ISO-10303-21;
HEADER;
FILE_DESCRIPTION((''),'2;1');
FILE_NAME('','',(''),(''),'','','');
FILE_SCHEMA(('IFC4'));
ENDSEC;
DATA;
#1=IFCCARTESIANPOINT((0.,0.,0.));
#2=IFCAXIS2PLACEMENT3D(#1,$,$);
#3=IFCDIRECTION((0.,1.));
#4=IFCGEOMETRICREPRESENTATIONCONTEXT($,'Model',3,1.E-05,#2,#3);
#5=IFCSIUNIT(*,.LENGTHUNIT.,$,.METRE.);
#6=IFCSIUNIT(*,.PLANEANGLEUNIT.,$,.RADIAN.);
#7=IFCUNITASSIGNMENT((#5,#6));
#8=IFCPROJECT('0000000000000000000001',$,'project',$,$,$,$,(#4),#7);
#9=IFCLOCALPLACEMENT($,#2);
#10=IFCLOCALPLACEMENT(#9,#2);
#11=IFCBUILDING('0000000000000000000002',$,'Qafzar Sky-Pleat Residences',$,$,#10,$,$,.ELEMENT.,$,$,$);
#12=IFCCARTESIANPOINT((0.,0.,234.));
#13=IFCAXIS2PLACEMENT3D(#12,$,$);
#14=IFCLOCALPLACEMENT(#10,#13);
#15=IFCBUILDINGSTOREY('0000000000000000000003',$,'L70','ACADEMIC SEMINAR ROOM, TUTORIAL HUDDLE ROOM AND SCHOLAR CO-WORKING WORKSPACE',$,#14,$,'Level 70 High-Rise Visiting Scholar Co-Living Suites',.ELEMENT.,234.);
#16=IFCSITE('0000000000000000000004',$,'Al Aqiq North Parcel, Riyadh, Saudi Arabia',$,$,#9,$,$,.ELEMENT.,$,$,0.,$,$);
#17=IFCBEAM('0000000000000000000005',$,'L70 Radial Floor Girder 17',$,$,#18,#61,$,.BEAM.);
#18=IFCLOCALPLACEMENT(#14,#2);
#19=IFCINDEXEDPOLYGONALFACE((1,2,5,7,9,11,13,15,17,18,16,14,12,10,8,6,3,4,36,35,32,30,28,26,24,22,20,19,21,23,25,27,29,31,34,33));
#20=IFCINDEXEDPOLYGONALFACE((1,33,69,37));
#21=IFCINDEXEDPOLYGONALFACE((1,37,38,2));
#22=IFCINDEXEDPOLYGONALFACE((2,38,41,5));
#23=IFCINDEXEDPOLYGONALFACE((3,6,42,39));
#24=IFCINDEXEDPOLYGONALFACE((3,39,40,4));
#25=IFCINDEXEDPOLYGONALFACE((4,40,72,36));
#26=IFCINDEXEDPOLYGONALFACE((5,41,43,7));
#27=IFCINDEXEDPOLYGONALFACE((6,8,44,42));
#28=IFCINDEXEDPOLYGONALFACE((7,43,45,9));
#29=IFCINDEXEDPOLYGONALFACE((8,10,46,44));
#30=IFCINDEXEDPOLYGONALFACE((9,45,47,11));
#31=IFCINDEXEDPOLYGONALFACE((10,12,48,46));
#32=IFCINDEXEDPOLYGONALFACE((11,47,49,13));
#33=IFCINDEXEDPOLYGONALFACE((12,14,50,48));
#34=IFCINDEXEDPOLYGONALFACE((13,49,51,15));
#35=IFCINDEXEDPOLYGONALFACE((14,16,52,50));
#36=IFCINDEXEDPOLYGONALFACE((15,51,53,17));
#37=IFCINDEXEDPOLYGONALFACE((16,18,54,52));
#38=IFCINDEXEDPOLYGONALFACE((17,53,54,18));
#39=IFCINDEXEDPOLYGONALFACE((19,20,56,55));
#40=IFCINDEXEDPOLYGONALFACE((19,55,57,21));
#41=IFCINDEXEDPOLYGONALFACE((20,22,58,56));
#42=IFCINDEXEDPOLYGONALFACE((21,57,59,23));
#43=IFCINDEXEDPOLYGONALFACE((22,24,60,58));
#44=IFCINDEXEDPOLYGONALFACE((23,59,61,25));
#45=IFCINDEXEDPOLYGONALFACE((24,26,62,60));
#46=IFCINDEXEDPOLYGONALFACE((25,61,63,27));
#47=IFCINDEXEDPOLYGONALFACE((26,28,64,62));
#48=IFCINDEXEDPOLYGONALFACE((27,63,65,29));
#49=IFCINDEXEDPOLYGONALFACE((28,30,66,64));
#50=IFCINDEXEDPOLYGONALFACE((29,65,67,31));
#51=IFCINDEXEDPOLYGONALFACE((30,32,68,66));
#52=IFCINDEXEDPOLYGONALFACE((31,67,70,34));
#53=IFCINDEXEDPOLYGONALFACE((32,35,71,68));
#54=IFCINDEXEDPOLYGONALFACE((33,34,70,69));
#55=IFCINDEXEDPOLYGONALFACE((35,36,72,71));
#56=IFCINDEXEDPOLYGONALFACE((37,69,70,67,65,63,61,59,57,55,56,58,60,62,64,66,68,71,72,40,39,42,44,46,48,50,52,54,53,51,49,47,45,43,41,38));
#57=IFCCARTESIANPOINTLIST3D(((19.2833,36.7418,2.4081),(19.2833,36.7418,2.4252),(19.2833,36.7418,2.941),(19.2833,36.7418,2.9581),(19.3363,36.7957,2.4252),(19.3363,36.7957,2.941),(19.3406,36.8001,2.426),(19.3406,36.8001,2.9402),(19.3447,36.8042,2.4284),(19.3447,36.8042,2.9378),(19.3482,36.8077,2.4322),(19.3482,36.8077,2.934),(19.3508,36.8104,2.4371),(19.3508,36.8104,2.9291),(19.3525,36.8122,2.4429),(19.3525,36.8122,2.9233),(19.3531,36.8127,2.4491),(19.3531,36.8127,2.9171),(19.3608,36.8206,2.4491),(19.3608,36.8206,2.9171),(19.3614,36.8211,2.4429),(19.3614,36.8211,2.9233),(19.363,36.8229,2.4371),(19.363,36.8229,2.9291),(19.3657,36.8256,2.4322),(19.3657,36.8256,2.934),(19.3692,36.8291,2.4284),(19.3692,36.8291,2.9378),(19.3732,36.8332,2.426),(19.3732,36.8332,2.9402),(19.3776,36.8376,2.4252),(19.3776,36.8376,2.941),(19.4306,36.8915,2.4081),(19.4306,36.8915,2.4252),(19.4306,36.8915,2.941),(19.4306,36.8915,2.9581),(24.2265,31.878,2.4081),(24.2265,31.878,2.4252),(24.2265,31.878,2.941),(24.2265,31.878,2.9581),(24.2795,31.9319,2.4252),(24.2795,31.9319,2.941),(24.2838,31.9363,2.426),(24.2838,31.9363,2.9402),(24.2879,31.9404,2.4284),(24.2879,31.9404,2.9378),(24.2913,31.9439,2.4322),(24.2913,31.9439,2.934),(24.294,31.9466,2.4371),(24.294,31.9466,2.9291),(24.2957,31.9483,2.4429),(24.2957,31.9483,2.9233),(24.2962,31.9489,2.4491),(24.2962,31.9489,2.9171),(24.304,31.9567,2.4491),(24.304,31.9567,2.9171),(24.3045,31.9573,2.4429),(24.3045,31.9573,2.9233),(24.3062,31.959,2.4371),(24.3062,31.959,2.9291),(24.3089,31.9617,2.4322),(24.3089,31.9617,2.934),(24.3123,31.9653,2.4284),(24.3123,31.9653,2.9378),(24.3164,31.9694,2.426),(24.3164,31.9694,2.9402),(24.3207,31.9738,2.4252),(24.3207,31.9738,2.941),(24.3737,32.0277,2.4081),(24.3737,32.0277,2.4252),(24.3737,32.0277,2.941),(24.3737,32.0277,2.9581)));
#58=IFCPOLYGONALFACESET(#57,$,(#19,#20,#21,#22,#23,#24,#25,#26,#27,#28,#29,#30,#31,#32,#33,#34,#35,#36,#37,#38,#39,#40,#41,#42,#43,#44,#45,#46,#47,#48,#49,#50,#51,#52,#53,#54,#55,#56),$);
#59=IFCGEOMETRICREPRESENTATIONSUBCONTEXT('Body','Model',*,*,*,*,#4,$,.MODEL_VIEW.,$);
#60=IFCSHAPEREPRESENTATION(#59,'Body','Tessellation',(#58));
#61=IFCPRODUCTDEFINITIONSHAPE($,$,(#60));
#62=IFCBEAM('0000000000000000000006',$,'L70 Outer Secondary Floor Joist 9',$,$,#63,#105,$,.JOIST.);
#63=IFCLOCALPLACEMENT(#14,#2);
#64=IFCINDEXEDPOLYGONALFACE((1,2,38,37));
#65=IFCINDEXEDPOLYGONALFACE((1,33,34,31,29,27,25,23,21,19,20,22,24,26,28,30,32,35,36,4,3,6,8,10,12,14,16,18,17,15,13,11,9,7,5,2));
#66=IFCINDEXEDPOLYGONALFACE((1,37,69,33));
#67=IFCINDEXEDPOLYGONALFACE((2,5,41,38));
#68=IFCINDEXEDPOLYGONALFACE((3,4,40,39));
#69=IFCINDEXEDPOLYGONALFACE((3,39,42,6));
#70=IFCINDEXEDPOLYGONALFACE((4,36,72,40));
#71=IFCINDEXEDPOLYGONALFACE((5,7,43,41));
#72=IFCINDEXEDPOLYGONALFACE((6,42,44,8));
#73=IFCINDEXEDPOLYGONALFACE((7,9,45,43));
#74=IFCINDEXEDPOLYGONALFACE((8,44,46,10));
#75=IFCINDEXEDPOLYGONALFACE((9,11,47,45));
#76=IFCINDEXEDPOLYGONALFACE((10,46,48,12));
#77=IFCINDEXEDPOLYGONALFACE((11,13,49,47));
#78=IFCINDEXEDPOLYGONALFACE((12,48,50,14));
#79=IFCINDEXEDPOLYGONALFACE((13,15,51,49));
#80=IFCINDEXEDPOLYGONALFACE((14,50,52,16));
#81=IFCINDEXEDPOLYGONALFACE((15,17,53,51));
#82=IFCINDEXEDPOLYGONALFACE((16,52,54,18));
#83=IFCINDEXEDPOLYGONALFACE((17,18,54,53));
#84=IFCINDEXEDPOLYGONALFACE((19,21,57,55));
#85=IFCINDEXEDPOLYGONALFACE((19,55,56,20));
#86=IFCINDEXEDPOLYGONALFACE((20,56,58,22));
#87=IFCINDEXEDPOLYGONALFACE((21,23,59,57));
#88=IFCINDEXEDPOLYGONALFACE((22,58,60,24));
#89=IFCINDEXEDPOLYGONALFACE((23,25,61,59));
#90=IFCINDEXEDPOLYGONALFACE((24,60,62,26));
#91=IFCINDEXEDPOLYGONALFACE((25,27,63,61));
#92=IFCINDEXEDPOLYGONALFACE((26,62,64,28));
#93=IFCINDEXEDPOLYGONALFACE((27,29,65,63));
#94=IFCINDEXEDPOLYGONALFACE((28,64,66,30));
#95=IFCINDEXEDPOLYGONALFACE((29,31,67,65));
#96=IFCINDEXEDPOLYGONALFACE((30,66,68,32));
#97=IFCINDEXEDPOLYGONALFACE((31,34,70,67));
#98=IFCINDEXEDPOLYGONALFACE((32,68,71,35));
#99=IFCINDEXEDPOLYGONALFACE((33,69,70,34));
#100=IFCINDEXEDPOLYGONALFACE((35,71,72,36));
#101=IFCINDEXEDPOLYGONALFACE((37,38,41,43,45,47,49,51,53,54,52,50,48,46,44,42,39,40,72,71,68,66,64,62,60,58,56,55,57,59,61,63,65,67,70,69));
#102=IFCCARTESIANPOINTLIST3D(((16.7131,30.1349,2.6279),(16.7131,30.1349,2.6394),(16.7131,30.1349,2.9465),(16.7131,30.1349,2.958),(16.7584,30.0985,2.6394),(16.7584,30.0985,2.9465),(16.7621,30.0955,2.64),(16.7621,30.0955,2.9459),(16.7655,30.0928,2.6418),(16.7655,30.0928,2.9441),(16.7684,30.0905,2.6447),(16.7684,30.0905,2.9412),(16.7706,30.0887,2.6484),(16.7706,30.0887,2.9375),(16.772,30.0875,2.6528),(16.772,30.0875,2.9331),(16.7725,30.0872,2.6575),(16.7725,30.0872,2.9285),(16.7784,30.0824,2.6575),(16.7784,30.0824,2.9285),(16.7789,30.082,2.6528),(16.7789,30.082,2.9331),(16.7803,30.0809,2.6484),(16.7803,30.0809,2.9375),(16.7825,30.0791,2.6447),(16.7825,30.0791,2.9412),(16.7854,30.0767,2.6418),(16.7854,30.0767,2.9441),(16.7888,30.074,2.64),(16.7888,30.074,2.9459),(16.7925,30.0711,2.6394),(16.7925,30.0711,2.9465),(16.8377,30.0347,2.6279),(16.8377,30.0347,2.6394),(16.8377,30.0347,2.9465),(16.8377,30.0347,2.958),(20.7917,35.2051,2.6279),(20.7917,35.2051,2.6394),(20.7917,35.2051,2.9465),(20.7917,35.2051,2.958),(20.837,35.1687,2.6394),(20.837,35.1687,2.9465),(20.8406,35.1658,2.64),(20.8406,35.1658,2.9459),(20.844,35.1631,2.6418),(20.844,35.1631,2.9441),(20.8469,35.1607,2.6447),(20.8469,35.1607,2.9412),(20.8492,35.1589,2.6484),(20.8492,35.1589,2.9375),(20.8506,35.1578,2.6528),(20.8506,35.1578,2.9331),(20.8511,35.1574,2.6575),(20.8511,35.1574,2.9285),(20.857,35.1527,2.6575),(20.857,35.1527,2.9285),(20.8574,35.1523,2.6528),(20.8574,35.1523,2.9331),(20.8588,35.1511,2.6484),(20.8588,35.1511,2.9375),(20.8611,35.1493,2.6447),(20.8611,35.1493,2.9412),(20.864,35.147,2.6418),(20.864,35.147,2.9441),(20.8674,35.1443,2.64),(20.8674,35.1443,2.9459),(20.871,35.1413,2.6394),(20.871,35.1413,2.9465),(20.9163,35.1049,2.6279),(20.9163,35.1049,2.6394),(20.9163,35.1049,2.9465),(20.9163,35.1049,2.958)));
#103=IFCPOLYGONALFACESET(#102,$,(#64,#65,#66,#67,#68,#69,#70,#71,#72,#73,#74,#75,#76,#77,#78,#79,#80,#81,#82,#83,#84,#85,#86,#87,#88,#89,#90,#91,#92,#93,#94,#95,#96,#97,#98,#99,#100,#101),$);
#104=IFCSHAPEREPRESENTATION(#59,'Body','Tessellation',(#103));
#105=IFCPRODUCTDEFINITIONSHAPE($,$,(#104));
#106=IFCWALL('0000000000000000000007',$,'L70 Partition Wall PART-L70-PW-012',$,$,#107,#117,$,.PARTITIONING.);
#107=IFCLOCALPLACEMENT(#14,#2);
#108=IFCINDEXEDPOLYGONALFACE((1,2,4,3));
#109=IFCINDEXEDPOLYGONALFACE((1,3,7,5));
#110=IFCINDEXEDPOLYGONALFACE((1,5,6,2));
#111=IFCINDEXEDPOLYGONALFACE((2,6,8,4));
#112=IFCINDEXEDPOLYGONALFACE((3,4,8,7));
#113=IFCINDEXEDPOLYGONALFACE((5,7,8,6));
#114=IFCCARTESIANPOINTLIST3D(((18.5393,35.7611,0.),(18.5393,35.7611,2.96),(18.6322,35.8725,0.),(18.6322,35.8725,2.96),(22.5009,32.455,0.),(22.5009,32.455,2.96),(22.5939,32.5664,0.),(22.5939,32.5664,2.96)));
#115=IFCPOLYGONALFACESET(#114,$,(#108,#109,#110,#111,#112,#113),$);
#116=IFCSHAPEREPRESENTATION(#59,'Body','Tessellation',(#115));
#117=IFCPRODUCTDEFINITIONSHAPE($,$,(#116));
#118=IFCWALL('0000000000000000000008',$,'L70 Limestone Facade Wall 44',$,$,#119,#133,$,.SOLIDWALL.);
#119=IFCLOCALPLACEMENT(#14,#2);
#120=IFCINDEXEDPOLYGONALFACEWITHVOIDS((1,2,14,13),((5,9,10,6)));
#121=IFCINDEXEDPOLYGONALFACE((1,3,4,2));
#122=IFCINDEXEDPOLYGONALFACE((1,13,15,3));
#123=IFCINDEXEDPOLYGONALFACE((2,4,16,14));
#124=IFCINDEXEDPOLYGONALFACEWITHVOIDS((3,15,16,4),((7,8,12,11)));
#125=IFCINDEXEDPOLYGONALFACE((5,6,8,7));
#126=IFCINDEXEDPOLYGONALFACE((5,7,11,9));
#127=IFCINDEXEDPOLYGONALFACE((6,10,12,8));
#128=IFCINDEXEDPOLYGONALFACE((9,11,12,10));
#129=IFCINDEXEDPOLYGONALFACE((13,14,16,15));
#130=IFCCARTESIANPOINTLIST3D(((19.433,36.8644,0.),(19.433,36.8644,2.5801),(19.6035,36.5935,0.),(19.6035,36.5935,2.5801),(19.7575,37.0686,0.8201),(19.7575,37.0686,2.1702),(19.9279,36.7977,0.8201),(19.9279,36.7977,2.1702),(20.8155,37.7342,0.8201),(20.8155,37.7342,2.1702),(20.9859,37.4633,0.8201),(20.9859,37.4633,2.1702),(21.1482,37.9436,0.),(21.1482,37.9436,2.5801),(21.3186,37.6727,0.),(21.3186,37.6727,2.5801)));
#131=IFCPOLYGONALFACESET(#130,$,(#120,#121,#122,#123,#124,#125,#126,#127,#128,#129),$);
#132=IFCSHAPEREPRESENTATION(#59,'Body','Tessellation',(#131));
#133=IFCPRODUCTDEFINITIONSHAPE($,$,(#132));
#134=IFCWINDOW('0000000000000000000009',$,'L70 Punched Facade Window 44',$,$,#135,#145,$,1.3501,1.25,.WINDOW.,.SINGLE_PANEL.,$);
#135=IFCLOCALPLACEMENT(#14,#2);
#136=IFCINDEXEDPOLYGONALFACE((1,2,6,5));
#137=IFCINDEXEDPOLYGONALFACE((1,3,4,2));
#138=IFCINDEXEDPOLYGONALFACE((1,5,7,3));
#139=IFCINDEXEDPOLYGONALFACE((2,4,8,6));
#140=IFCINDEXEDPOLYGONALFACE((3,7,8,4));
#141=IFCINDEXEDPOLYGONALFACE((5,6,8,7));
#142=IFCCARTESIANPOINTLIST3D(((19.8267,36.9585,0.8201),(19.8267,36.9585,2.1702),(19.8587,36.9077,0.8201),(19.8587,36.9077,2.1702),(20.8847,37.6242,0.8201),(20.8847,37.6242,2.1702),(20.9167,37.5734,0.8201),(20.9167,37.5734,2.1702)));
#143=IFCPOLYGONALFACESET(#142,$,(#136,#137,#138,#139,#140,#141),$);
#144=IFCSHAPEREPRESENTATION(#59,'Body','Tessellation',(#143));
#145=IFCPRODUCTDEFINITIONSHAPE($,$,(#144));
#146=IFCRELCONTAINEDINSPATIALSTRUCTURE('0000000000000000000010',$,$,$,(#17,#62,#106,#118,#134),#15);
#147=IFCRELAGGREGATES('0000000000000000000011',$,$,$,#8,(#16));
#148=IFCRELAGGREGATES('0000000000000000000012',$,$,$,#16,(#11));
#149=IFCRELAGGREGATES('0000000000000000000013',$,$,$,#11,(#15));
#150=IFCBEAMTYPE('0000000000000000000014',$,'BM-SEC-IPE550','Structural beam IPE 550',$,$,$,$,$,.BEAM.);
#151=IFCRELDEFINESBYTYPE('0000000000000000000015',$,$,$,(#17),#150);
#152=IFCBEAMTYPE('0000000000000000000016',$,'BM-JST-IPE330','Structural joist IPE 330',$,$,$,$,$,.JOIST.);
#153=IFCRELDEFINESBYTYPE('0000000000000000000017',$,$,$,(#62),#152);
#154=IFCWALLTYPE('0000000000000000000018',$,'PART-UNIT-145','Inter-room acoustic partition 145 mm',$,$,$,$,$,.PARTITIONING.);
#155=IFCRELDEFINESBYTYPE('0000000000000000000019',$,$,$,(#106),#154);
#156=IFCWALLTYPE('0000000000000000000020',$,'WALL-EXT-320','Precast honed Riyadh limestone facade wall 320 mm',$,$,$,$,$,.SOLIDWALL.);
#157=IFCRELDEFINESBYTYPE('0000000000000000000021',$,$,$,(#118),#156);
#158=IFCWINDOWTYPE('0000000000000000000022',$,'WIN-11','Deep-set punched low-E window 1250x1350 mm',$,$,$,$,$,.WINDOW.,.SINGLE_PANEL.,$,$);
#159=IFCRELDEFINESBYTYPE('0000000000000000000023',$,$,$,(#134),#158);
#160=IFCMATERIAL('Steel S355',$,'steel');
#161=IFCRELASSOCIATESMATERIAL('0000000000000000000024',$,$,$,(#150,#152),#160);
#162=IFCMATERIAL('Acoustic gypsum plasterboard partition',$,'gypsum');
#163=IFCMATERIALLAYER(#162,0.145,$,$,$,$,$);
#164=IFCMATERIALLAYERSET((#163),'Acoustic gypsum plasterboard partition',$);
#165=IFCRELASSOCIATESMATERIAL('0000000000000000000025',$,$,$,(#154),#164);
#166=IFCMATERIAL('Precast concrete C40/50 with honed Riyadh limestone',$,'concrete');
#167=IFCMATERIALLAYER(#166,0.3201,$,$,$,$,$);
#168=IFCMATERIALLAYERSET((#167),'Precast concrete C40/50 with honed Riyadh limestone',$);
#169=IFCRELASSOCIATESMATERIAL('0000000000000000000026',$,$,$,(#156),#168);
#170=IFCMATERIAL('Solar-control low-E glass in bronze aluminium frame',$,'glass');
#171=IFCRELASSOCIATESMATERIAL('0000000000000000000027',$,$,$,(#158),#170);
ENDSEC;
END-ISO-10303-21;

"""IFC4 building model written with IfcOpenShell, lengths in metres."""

from ifc_helpers import new_model, si_unit, direction, frame, frame_2d, origin, origin_2d, place, context, subcontext, project, spatial, rectangle, i_section, extrude, source, transform, mapped, material, layer, layer_set, material_profile, profile_set, type_object, element, fill, save


model = new_model("IFC4")

# Units and contexts
model_context = context("Model", 3, precision=1e-05, world=origin(), true_north=direction((0.0, 1.0)))
body_context = subcontext(model_context, "Body", "Model", "MODEL_VIEW")
ifc_project = project(units=[si_unit("LENGTHUNIT", "METRE"), si_unit("PLANEANGLEUNIT", "RADIAN")], contexts=[model_context])

# Site, building, storey
site_placement = place(None, origin())
site = spatial("IfcSite", under=ifc_project, at=site_placement, Name="Al Aqiq North Parcel, Riyadh, Saudi Arabia", CompositionType="ELEMENT", RefElevation=0.0)
building_placement = place(site_placement, origin())
building = spatial("IfcBuilding", under=site, at=building_placement, Name="Qafzar Sky-Pleat Residences", CompositionType="ELEMENT")
storey_placement = place(building_placement, frame((0.0, 0.0, 234.0)))
storey = spatial("IfcBuildingStorey", under=building, at=storey_placement, Name="L70", Description="ACADEMIC SEMINAR ROOM, TUTORIAL HUDDLE ROOM AND SCHOLAR CO-WORKING WORKSPACE", LongName="Level 70 High-Rise Visiting Scholar Co-Living Suites", CompositionType="ELEMENT", Elevation=234.0)

# Shared definitions
ifc_material_1 = material(Name="Steel S355", Category="steel")

# Beams
ifc_material_profile_1 = material_profile(ifc_material_1, i_section(OverallWidth=0.21, OverallDepth=0.55, WebThickness=0.011, FlangeThickness=0.0171, FilletRadius=0.0239, at=origin_2d()), Name="IPE 550")
ifc_profile_set_1 = profile_set([ifc_material_profile_1], Name="Steel S355")
beam_type_1 = type_object("IfcBeamType", Name="BM-SEC-IPE550", Description="Structural beam IPE 550", PredefinedType="BEAM", material=ifc_profile_set_1)
shared_shape_1 = source(origin(), body_context, "Body", "SweptSolid", [
    extrude(i_section(OverallWidth=0.21, OverallDepth=0.55, WebThickness=0.011, FlangeThickness=0.0171, FilletRadius=0.0239, at=origin_2d()), origin(), (0.0, 0.0, 1.0), 6.9348),
])
beam_1_placement = place(storey_placement, frame((19.3569, 36.8167, 2.6831), z_axis=(0.712805, -0.701363, 0.0), x_axis=(0.701363, 0.712805, 0.0)))
element("IfcBeam", 1, at=beam_1_placement, inside=storey, type_object=beam_type_1, Name="L70 Radial Floor Girder 17", PredefinedType="BEAM", context=body_context, shape_type="MappedRepresentation", body=[
    mapped(shared_shape_1, transform((0.0, 0.0, 0.0), x_axis=(1.0, 0.0, 0.0), y_axis=(0.0, 1.0, 0.0), z_axis=(0.0, 0.0, 1.0), scale=1.0)),
])
ifc_material_profile_2 = material_profile(ifc_material_1, i_section(OverallWidth=0.1599, OverallDepth=0.3301, WebThickness=0.0076, FlangeThickness=0.0115, FilletRadius=0.0181, at=origin_2d()), Name="IPE 330")
ifc_profile_set_2 = profile_set([ifc_material_profile_2], Name="Steel S355")
beam_type_2 = type_object("IfcBeamType", Name="BM-JST-IPE330", Description="Structural joist IPE 330", PredefinedType="JOIST", material=ifc_profile_set_2)
shared_shape_2 = source(origin(), body_context, "Body", "SweptSolid", [
    extrude(i_section(OverallWidth=0.1599, OverallDepth=0.3301, WebThickness=0.0076, FlangeThickness=0.0115, FilletRadius=0.0181, at=origin_2d()), origin(), (0.0, 0.0, 1.0), 6.5071),
])
beam_2_placement = place(storey_placement, frame((20.854, 35.155, 2.793), z_axis=(-0.626788, -0.77919, 0.0), x_axis=(0.77919, -0.626788, 0.0)))
element("IfcBeam", 2, at=beam_2_placement, inside=storey, type_object=beam_type_2, Name="L70 Outer Secondary Floor Joist 9", PredefinedType="JOIST", context=body_context, shape_type="MappedRepresentation", body=[
    mapped(shared_shape_2, transform((0.0, 0.0, 0.0), x_axis=(1.0, 0.0, 0.0), y_axis=(0.0, 1.0, 0.0), z_axis=(0.0, 0.0, 1.0), scale=1.0)),
])

# Wall
ifc_material_2 = material(Name="Acoustic gypsum plasterboard partition", Category="gypsum")
ifc_layer_1 = layer(ifc_material_2, 0.145)
ifc_layer_set_1 = layer_set([ifc_layer_1], Name="Acoustic gypsum plasterboard partition")
wall_type_1 = type_object("IfcWallType", Name="PART-UNIT-145", Description="Inter-room acoustic partition 145 mm", PredefinedType="PARTITIONING", material=ifc_layer_set_1)
wall_1_placement = place(storey_placement, frame((18.5857, 35.8169, 0.0), z_axis=(0.0, 0.0, 1.0), x_axis=(0.767767, -0.640729, 0.0)))
element("IfcWall", 3, at=wall_1_placement, inside=storey, type_object=wall_type_1, Name="L70 Partition Wall PART-L70-PW-012", PredefinedType="PARTITIONING", context=body_context, shape_type="SweptSolid", body=[
    extrude(rectangle(XDim=5.1599, YDim=0.145, at=frame_2d((2.5801, 0.0))), origin(), (0.0, 0.0, 1.0), 2.96),
])

# Wall, opening, window
ifc_material_3 = material(Name="Precast concrete C40/50 with honed Riyadh limestone", Category="concrete")
ifc_layer_2 = layer(ifc_material_3, 0.3201)
ifc_layer_set_2 = layer_set([ifc_layer_2], Name="Precast concrete C40/50 with honed Riyadh limestone")
wall_type_2 = type_object("IfcWallType", Name="WALL-EXT-320", Description="Precast honed Riyadh limestone facade wall 320 mm", PredefinedType="SOLIDWALL", material=ifc_layer_set_2)
wall_2_placement = place(storey_placement, frame((21.2334, 37.8081, 0.0), z_axis=(0.0, 0.0, 1.0), x_axis=(-0.846404, -0.532542, 0.0)))
wall_2 = element("IfcWall", 4, at=wall_2_placement, inside=storey, type_object=wall_type_2, Name="L70 Limestone Facade Wall 44", PredefinedType="SOLIDWALL", context=body_context, shape_type="SweptSolid", body=[
    extrude(rectangle(XDim=2.0264, YDim=0.3201, at=frame_2d((1.0132, 0.0))), origin(), (0.0, 0.0, 1.0), 2.5801),
])
opening_1_placement = place(wall_2_placement, frame((0.3931, 0.0, 0.8201)))
opening_1 = element("IfcOpeningElement", 5, at=opening_1_placement, cuts=wall_2, PredefinedType="OPENING", context=body_context, shape_type="SweptSolid", body=[
    extrude(rectangle(XDim=1.25, YDim=1.3501, at=frame_2d((0.625, 0.675))), frame((0.0, 0.1699, 0.0), z_axis=(0.0, -1.0, 0.0), x_axis=(1.0, 0.0, 0.0)), (0.0, 0.0, 1.0), 0.3401),
])
ifc_material_4 = material(Name="Solar-control low-E glass in bronze aluminium frame", Category="glass")
window_type_1 = type_object("IfcWindowType", Name="WIN-11", Description="Deep-set punched low-E window 1250x1350 mm", PartitioningType="SINGLE_PANEL", PredefinedType="WINDOW", material=ifc_material_4)
shared_shape_3 = source(origin(), body_context, "Body", "SweptSolid", [
    extrude(rectangle(XDim=1.25, YDim=1.3501, at=frame_2d((0.625, 0.675))), frame((0.0, 0.03, 0.0), z_axis=(0.0, -1.0, 0.0), x_axis=(1.0, 0.0, 0.0)), (0.0, 0.0, 1.0), 0.0601),
])
window_1_placement = place(opening_1_placement, origin())
window_1 = element("IfcWindow", 6, at=window_1_placement, inside=storey, type_object=window_type_1, Name="L70 Punched Facade Window 44", OverallHeight=1.3501, OverallWidth=1.25, PartitioningType="SINGLE_PANEL", PredefinedType="WINDOW", context=body_context, shape_type="MappedRepresentation", body=[
    mapped(shared_shape_3, transform((0.0, 0.0, 0.0), x_axis=(1.0, 0.0, 0.0), y_axis=(0.0, 1.0, 0.0), z_axis=(0.0, 0.0, 1.0), scale=1.0)),
])
fill(opening_1, window_1)

save(model, "model.ifc")
